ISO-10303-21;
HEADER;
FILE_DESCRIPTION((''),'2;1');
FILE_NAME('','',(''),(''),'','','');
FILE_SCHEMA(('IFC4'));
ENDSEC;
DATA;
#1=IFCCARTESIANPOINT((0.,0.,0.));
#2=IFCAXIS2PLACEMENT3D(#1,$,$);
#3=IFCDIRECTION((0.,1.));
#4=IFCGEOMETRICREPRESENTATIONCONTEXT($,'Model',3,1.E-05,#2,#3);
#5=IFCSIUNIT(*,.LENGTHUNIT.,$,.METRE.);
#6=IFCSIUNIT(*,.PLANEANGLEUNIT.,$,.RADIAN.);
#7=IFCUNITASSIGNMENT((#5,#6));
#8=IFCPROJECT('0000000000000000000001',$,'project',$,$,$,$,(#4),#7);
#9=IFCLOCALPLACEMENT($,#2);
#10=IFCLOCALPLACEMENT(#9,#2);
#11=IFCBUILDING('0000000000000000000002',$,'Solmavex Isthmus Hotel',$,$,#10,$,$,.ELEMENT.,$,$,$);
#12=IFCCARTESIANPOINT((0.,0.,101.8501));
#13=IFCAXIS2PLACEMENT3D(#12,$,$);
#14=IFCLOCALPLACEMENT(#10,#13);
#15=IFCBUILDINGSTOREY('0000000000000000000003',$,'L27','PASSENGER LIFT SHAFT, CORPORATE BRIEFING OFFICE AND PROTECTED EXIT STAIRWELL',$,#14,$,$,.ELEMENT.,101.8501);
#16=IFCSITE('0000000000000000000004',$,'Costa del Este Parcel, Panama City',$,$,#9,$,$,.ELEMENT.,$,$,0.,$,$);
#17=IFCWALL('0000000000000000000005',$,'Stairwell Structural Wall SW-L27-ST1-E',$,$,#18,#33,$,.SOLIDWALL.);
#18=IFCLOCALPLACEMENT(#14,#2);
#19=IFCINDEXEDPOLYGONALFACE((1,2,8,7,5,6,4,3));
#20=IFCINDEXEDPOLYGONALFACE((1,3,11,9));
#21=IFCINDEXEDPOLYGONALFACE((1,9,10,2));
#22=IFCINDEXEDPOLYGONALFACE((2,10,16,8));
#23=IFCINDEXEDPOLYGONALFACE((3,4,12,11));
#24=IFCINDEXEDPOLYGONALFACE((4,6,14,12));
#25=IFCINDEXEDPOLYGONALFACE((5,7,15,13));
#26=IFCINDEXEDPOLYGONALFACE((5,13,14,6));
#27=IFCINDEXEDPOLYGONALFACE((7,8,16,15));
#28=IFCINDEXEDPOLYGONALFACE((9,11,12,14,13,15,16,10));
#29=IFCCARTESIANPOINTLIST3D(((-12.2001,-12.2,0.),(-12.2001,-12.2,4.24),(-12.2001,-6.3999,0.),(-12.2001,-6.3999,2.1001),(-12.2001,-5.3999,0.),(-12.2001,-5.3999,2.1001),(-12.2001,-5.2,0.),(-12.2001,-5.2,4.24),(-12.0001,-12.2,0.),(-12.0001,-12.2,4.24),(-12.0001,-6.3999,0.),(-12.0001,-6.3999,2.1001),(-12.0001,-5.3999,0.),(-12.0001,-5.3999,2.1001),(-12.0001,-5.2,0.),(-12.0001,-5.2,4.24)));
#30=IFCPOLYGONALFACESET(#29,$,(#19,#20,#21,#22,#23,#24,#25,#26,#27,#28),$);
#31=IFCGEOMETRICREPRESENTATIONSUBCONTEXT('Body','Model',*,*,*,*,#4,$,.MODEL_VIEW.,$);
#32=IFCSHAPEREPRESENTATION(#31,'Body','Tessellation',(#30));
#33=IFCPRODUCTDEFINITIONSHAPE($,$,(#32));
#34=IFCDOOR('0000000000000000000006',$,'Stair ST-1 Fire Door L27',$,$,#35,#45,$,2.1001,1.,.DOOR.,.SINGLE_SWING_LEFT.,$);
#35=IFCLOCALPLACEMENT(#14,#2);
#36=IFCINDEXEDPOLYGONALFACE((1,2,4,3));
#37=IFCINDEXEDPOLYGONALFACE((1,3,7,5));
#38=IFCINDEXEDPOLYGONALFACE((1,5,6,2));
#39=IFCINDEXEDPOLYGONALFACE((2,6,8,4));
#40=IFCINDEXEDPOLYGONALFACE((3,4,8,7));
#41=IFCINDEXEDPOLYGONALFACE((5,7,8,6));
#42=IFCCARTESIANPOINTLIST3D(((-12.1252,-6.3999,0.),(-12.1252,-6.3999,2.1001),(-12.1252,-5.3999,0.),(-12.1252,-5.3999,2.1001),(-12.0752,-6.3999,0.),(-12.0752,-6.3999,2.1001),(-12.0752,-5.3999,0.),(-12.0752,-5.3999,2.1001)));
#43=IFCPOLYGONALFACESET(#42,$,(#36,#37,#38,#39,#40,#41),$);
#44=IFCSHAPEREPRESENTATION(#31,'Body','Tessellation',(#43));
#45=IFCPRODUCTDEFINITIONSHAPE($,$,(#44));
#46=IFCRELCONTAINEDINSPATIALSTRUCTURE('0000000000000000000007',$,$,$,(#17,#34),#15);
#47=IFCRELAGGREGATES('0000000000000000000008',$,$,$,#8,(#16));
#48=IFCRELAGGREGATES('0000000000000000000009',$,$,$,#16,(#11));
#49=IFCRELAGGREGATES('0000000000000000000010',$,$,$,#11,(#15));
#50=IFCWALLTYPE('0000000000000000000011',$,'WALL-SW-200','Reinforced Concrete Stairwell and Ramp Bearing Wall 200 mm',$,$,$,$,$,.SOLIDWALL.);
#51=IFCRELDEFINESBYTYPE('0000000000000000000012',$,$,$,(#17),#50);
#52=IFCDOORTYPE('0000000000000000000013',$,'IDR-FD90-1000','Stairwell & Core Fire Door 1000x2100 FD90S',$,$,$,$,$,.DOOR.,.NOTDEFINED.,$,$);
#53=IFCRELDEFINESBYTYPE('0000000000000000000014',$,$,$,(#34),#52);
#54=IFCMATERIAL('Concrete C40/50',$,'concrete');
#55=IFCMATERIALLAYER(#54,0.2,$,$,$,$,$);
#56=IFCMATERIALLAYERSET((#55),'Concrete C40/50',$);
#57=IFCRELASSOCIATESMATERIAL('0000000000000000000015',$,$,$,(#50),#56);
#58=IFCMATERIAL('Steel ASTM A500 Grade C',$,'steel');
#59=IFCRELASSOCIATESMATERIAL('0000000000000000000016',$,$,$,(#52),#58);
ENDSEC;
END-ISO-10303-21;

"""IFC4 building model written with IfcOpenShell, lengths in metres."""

from ifc_helpers import new_model, si_unit, direction, frame, frame_2d, origin, place, context, subcontext, project, spatial, rectangle, extrude, material, layer, layer_set, type_object, element, fill, save


model = new_model("IFC4")

# Units and contexts
model_context = context("Model", 3, precision=1e-05, world=origin(), true_north=direction((0.0, 1.0)))
body_context = subcontext(model_context, "Body", "Model", "MODEL_VIEW")
ifc_project = project(units=[si_unit("LENGTHUNIT", "METRE"), si_unit("PLANEANGLEUNIT", "RADIAN")], contexts=[model_context])

# Site, building, storey
site_placement = place(None, origin())
site = spatial("IfcSite", under=ifc_project, at=site_placement, Name="Costa del Este Parcel, Panama City", CompositionType="ELEMENT", RefElevation=0.0)
building_placement = place(site_placement, origin())
building = spatial("IfcBuilding", under=site, at=building_placement, Name="Solmavex Isthmus Hotel", CompositionType="ELEMENT")
storey_placement = place(building_placement, frame((0.0, 0.0, 101.8501)))
storey = spatial("IfcBuildingStorey", under=building, at=storey_placement, Name="L27", Description="PASSENGER LIFT SHAFT, CORPORATE BRIEFING OFFICE AND PROTECTED EXIT STAIRWELL", CompositionType="ELEMENT", Elevation=101.8501)

# Shared definitions
ifc_material_1 = material(Name="Concrete C40/50", Category="concrete")

# Shared definitions
ifc_material_2 = material(Name="Steel ASTM A500 Grade C", Category="steel")

# Wall, opening, door
ifc_layer_1 = layer(ifc_material_1, 0.2)
ifc_layer_set_1 = layer_set([ifc_layer_1], Name="Concrete C40/50")
wall_type_1 = type_object("IfcWallType", Name="WALL-SW-200", Description="Reinforced Concrete Stairwell and Ramp Bearing Wall 200 mm", PredefinedType="SOLIDWALL", material=ifc_layer_set_1)
wall_1_placement = place(storey_placement, frame((-12.1001, -12.2, 0.0), z_axis=(0.0, 0.0, 1.0), x_axis=(0.0, 1.0, 0.0)))
wall_1 = element("IfcWall", 1, at=wall_1_placement, inside=storey, type_object=wall_type_1, Name="Stairwell Structural Wall SW-L27-ST1-E", PredefinedType="SOLIDWALL", context=body_context, shape_type="SweptSolid", body=[
    extrude(rectangle(XDim=7.0, YDim=0.2, at=frame_2d((3.5, 0.0))), origin(), (0.0, 0.0, 1.0), 4.24),
])
opening_1_placement = place(wall_1_placement, frame((5.8, 0.0, 0.0)))
opening_1 = element("IfcOpeningElement", 2, at=opening_1_placement, cuts=wall_1, PredefinedType="OPENING", context=body_context, shape_type="SweptSolid", body=[
    extrude(rectangle(XDim=1.0, YDim=2.1001, at=frame_2d((0.5, 1.05))), frame((0.0, 0.1099, 0.0), z_axis=(0.0, -1.0, 0.0), x_axis=(1.0, 0.0, 0.0)), (0.0, 0.0, 1.0), 0.22),
])
door_type_1 = type_object("IfcDoorType", Name="IDR-FD90-1000", Description="Stairwell & Core Fire Door 1000x2100 FD90S", OperationType="NOTDEFINED", PredefinedType="DOOR", material=ifc_material_2)
door_1_placement = place(opening_1_placement, frame((1.0, 0.0, 0.0), z_axis=(0.0, 0.0, 1.0), x_axis=(-1.0, 0.0, 0.0)))
door_1 = element("IfcDoor", 3, at=door_1_placement, inside=storey, type_object=door_type_1, Name="Stair ST-1 Fire Door L27", OperationType="SINGLE_SWING_LEFT", OverallHeight=2.1001, OverallWidth=1.0, PredefinedType="DOOR", context=body_context, shape_type="SweptSolid", body=[
    extrude(rectangle(XDim=1.0, YDim=2.1001, at=frame_2d((0.5, 1.05))), frame((0.0, 0.0249, 0.0), z_axis=(0.0, -1.0, 0.0), x_axis=(1.0, 0.0, 0.0)), (0.0, 0.0, 1.0), 0.05),
])
fill(opening_1, door_1)

save(model, "model.ifc")
